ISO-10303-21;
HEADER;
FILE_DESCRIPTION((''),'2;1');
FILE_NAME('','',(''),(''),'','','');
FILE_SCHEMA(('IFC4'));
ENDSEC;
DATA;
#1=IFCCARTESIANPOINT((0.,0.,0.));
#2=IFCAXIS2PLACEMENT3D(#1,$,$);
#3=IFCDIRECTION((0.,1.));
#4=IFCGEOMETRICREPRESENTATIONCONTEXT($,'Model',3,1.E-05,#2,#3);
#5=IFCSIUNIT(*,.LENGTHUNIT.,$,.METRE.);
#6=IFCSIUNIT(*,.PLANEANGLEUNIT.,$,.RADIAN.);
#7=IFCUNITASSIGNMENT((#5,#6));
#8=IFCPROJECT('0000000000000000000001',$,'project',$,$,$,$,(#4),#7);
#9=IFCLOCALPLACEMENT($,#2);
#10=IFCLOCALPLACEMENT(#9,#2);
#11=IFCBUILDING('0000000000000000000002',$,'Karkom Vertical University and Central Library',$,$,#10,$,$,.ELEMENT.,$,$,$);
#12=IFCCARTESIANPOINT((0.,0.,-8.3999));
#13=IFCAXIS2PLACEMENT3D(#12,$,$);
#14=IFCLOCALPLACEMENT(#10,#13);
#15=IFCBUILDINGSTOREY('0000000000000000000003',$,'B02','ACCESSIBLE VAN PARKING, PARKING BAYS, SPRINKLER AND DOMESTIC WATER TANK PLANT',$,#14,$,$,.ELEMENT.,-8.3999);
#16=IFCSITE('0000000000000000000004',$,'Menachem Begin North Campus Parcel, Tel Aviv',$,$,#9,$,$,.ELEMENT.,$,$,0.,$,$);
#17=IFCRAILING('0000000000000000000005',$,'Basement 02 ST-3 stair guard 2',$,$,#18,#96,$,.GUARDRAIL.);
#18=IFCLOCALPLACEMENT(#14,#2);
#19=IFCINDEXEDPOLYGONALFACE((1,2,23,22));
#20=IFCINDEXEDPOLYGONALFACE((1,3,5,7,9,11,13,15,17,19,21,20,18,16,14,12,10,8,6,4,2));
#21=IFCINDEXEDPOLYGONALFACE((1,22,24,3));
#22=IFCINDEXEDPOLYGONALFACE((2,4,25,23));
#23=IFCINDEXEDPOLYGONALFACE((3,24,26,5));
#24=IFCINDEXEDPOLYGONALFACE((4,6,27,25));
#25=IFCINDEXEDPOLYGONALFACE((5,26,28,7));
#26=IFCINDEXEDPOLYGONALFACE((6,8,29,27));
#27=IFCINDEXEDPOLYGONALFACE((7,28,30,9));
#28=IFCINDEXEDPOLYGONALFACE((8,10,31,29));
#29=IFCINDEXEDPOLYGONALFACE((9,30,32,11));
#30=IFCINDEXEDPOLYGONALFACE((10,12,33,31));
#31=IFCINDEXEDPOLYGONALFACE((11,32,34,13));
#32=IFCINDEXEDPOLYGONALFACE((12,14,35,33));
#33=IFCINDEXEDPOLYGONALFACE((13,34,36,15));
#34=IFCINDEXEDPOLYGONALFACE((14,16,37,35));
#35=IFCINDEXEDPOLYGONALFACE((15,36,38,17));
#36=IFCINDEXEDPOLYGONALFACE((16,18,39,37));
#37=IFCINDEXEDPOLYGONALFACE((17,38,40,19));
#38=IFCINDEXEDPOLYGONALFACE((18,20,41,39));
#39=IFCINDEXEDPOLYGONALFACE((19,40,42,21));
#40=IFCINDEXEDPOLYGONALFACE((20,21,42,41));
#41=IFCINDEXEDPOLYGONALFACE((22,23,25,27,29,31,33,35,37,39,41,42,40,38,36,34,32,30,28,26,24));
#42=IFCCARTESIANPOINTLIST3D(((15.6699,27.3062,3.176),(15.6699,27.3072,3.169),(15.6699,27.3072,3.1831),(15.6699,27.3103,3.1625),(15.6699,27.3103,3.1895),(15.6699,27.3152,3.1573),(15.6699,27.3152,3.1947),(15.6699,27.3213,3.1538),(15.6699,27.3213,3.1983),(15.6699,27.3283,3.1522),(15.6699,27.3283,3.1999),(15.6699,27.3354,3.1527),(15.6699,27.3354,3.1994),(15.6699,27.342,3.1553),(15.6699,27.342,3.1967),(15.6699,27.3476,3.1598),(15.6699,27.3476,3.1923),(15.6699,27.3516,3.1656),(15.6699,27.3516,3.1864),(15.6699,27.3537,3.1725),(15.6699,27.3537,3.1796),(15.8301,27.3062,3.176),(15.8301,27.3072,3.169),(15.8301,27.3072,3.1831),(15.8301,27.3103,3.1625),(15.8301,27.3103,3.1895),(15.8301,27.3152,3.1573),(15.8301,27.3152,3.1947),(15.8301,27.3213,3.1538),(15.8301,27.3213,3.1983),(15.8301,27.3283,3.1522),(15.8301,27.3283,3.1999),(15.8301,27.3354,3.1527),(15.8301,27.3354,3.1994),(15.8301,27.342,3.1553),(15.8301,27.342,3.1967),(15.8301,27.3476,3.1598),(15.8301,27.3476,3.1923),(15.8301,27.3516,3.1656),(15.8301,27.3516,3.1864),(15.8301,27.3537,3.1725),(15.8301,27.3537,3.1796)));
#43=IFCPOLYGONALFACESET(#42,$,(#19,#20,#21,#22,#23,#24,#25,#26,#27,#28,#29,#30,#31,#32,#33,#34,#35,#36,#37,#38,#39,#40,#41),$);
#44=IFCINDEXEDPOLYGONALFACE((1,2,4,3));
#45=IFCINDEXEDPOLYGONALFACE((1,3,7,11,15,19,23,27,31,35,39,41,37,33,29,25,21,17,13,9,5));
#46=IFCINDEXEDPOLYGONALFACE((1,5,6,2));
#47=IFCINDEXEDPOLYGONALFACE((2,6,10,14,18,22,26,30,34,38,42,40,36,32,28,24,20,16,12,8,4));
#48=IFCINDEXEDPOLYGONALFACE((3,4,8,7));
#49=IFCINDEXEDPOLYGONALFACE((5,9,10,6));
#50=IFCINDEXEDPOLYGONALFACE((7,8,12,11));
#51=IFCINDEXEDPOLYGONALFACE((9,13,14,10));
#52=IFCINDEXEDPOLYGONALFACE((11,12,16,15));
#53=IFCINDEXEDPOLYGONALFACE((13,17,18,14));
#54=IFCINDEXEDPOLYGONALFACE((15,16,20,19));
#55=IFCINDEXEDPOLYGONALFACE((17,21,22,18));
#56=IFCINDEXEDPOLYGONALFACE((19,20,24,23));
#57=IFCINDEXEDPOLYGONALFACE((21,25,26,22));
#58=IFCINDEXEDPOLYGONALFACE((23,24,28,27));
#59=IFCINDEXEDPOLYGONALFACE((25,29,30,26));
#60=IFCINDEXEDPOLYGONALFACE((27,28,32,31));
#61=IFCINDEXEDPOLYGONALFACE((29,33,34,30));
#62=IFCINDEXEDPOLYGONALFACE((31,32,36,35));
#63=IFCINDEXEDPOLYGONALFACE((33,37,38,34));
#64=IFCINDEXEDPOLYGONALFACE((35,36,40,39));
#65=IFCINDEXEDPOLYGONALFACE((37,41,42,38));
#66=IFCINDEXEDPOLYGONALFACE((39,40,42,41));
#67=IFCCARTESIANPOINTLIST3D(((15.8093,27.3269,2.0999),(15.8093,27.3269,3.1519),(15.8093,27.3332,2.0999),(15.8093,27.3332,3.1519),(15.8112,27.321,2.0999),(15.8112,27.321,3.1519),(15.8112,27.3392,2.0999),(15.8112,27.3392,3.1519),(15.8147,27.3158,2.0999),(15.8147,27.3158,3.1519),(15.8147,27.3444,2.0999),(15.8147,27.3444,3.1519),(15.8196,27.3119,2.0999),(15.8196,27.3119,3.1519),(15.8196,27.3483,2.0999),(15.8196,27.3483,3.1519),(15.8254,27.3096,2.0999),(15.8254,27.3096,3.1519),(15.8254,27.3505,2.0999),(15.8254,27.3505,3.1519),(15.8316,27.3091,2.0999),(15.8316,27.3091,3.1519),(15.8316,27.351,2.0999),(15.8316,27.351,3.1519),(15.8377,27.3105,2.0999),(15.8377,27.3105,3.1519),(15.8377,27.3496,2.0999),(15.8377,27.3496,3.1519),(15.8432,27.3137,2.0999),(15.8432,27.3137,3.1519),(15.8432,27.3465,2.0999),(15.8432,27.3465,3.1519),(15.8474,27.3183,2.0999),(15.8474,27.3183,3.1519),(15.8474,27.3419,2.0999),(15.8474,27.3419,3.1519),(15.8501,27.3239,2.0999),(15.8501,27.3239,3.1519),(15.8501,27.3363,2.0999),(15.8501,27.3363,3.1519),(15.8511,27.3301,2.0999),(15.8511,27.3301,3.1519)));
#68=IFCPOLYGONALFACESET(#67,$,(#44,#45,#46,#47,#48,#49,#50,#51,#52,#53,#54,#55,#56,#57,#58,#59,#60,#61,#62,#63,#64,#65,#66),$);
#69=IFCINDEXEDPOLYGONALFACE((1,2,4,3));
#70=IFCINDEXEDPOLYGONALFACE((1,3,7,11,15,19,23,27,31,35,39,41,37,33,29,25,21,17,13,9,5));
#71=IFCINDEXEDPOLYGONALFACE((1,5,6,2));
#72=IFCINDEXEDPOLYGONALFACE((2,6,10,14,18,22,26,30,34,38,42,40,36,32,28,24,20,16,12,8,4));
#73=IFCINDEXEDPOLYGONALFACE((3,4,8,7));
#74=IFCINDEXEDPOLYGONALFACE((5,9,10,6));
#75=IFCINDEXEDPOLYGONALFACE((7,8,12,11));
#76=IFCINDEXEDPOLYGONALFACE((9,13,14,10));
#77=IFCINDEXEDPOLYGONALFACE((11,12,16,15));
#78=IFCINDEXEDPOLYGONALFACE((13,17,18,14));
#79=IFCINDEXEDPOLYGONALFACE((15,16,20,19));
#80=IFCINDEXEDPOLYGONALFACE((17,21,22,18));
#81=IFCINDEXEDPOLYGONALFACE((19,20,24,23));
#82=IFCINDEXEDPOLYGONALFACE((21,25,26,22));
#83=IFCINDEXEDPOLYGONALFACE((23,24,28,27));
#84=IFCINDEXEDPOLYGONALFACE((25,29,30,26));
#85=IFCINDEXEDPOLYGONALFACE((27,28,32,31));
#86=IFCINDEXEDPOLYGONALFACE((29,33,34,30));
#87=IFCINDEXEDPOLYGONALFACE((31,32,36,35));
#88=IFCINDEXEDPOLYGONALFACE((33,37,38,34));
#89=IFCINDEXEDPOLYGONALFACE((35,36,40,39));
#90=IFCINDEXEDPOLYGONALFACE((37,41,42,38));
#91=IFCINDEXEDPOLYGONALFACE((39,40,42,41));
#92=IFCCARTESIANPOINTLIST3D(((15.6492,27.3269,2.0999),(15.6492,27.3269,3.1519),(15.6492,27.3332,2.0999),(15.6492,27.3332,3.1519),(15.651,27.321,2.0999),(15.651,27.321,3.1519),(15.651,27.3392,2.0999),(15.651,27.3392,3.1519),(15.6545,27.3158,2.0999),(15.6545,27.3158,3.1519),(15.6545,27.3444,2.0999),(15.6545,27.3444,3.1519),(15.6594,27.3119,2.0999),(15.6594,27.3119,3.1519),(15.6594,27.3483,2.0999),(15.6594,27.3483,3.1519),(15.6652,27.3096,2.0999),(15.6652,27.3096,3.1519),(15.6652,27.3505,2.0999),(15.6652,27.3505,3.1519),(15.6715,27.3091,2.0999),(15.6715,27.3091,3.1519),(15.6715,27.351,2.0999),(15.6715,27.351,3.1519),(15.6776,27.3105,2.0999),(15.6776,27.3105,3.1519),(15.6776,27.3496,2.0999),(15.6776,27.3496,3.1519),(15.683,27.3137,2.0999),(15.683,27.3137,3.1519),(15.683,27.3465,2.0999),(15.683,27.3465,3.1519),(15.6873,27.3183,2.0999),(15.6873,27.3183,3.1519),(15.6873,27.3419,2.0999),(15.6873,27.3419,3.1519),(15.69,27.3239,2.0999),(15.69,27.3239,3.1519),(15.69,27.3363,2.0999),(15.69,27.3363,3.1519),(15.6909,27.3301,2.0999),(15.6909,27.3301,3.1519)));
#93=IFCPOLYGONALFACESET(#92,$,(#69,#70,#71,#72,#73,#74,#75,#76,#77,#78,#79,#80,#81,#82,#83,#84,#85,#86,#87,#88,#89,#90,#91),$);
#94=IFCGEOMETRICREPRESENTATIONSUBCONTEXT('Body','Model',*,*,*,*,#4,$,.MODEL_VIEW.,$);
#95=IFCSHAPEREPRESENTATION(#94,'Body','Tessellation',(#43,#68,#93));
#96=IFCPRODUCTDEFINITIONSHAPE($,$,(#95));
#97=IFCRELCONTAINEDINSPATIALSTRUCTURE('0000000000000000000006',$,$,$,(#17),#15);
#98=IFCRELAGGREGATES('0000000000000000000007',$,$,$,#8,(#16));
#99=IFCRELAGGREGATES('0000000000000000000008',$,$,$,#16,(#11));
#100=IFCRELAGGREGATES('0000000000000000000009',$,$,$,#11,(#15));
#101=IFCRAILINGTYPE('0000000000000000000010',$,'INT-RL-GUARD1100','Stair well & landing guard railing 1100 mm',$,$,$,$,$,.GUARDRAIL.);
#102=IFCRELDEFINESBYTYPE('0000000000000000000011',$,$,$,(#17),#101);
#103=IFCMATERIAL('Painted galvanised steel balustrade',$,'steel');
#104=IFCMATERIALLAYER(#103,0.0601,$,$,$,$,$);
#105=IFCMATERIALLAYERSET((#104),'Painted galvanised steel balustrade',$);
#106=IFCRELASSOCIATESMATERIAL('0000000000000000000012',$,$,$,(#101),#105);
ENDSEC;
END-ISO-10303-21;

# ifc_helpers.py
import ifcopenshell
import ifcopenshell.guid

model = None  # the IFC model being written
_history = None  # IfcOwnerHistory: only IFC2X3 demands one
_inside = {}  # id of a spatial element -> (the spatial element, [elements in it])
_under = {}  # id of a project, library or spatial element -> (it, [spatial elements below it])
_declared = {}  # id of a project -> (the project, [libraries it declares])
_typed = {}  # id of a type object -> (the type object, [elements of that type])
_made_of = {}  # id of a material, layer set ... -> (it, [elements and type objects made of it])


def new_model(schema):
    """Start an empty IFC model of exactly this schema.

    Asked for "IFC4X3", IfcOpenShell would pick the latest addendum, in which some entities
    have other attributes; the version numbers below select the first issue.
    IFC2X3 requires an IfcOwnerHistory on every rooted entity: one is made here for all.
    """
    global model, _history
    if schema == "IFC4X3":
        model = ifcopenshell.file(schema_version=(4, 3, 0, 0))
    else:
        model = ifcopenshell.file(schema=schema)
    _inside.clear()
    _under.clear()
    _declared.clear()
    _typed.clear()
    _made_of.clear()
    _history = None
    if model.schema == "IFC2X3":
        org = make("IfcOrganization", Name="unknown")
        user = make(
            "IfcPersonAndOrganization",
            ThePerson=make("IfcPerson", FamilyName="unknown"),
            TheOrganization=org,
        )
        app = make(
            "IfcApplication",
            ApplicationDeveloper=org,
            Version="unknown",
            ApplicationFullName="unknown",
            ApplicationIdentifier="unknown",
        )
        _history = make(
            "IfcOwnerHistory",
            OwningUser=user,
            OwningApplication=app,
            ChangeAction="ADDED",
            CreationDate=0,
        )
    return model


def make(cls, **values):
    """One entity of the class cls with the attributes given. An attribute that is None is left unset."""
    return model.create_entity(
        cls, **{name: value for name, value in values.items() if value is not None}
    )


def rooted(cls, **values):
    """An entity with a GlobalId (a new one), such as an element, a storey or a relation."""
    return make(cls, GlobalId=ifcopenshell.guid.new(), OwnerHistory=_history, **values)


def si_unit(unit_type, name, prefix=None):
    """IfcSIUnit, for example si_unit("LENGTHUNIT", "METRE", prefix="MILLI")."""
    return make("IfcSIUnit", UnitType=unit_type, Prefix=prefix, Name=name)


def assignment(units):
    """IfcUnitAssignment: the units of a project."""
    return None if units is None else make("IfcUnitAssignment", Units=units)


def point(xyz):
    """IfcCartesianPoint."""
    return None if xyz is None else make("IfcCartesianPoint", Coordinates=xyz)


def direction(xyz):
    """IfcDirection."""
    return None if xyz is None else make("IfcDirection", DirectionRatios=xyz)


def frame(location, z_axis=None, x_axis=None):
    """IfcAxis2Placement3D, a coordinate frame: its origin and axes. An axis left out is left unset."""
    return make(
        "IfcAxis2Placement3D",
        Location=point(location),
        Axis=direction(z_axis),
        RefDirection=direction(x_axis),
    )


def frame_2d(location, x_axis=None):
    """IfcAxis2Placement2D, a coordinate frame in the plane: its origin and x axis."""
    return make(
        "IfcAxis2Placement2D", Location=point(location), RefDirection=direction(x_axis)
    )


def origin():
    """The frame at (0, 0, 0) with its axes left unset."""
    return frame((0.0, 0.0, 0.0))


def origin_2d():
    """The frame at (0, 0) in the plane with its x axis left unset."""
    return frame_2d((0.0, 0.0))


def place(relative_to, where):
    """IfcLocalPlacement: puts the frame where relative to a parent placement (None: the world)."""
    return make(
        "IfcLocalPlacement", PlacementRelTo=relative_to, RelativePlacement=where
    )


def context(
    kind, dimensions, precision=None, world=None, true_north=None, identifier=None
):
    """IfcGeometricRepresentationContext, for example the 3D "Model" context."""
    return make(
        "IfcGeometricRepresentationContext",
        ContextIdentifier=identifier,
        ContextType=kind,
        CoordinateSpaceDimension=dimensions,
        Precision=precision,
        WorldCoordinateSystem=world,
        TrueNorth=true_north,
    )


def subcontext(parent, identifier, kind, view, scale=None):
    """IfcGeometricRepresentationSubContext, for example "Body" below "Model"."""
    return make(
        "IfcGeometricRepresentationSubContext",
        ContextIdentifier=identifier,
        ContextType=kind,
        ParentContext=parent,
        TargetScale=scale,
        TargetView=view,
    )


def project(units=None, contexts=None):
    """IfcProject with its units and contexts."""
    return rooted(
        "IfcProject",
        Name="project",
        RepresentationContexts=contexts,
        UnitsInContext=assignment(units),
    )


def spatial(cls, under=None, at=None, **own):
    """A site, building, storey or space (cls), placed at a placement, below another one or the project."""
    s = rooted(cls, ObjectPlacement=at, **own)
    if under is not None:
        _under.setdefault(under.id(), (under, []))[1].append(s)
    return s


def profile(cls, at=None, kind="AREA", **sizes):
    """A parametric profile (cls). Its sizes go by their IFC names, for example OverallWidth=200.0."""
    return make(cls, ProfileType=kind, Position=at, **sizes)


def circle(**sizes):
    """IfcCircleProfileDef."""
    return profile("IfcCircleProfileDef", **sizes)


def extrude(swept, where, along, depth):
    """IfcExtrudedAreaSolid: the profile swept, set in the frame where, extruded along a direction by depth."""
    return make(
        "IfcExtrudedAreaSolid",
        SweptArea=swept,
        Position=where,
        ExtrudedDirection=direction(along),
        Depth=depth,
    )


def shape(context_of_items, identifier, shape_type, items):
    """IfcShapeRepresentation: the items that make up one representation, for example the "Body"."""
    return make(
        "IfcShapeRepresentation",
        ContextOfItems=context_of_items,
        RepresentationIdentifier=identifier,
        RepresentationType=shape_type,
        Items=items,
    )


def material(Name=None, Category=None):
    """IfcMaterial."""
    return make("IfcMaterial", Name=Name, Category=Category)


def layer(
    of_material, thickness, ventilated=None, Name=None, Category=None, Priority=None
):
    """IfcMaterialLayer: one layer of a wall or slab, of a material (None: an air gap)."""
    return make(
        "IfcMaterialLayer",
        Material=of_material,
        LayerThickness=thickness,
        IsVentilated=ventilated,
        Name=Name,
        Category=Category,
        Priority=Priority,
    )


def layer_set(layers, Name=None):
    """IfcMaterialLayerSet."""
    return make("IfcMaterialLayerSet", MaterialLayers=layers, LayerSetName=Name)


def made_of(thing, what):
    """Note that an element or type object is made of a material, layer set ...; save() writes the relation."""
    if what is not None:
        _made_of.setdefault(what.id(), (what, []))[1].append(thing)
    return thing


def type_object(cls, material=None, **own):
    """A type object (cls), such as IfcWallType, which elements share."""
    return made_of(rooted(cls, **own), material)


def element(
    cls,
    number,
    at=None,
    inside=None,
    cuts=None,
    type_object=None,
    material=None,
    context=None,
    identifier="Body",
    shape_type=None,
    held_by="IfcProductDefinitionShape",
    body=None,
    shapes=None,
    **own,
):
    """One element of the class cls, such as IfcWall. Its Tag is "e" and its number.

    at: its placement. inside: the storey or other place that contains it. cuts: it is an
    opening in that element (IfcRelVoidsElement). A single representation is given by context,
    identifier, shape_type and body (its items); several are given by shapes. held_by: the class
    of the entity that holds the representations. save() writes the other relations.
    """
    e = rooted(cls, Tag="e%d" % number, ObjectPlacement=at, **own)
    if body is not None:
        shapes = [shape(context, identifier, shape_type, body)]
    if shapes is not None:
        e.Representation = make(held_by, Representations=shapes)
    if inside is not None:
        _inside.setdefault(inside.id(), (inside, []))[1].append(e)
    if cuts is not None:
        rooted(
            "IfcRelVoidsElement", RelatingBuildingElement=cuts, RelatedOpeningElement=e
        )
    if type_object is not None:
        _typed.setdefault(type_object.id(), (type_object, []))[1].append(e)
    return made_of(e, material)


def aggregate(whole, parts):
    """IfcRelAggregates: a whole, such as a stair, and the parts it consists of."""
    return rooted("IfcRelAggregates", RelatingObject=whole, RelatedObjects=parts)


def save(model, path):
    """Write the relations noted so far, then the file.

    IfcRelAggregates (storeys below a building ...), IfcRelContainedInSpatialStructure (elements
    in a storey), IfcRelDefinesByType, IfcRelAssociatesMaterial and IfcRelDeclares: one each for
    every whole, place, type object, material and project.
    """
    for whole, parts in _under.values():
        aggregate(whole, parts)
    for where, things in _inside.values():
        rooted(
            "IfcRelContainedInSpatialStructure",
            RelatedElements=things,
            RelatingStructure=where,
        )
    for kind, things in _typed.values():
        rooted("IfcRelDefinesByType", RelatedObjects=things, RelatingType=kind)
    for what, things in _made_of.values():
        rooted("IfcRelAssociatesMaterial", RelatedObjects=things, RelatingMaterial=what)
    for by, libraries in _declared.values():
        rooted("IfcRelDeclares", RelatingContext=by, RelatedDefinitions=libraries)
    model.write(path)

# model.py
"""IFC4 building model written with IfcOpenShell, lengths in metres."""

from ifc_helpers import new_model, si_unit, direction, frame, origin, origin_2d, place, context, subcontext, project, spatial, circle, extrude, material, layer, layer_set, type_object, element, save


model = new_model("IFC4")

# Units and contexts
model_context = context("Model", 3, precision=1e-05, world=origin(), true_north=direction((0.0, 1.0)))
body_context = subcontext(model_context, "Body", "Model", "MODEL_VIEW")
ifc_project = project(units=[si_unit("LENGTHUNIT", "METRE"), si_unit("PLANEANGLEUNIT", "RADIAN")], contexts=[model_context])

# Site, building, storey
site_placement = place(None, origin())
site = spatial("IfcSite", under=ifc_project, at=site_placement, Name="Menachem Begin North Campus Parcel, Tel Aviv", CompositionType="ELEMENT", RefElevation=0.0)
building_placement = place(site_placement, origin())
building = spatial("IfcBuilding", under=site, at=building_placement, Name="Karkom Vertical University and Central Library", CompositionType="ELEMENT")
storey_placement = place(building_placement, frame((0.0, 0.0, -8.3999)))
storey = spatial("IfcBuildingStorey", under=building, at=storey_placement, Name="B02", Description="ACCESSIBLE VAN PARKING, PARKING BAYS, SPRINKLER AND DOMESTIC WATER TANK PLANT", CompositionType="ELEMENT", Elevation=-8.3999)

# Railing
ifc_material_1 = material(Name="Painted galvanised steel balustrade", Category="steel")
ifc_layer_1 = layer(ifc_material_1, 0.0601)
ifc_layer_set_1 = layer_set([ifc_layer_1], Name="Painted galvanised steel balustrade")
railing_type_1 = type_object("IfcRailingType", Name="INT-RL-GUARD1100", Description="Stair well & landing guard railing 1100 mm", PredefinedType="GUARDRAIL", material=ifc_layer_set_1)
railing_1_placement = place(storey_placement, frame((15.8301, 27.3301, 2.0999)))
element("IfcRailing", 1, at=railing_1_placement, inside=storey, type_object=railing_type_1, Name="Basement 02 ST-3 stair guard 2", PredefinedType="GUARDRAIL", context=body_context, shape_type="SweptSolid", body=[
    extrude(circle(Radius=0.0239, at=origin_2d()), frame((0.0, 0.0, 1.0762), z_axis=(-1.0, 0.0, 0.0), x_axis=(0.0, -1.0, 0.0)), (0.0, 0.0, 1.0), 0.1602),
    extrude(circle(Radius=0.021, at=origin_2d()), origin(), (0.0, 0.0, 1.0), 1.052),
    extrude(circle(Radius=0.021, at=origin_2d()), frame((-0.1602, 0.0, 0.0)), (0.0, 0.0, 1.0), 1.052),
])

save(model, "model.ifc")
